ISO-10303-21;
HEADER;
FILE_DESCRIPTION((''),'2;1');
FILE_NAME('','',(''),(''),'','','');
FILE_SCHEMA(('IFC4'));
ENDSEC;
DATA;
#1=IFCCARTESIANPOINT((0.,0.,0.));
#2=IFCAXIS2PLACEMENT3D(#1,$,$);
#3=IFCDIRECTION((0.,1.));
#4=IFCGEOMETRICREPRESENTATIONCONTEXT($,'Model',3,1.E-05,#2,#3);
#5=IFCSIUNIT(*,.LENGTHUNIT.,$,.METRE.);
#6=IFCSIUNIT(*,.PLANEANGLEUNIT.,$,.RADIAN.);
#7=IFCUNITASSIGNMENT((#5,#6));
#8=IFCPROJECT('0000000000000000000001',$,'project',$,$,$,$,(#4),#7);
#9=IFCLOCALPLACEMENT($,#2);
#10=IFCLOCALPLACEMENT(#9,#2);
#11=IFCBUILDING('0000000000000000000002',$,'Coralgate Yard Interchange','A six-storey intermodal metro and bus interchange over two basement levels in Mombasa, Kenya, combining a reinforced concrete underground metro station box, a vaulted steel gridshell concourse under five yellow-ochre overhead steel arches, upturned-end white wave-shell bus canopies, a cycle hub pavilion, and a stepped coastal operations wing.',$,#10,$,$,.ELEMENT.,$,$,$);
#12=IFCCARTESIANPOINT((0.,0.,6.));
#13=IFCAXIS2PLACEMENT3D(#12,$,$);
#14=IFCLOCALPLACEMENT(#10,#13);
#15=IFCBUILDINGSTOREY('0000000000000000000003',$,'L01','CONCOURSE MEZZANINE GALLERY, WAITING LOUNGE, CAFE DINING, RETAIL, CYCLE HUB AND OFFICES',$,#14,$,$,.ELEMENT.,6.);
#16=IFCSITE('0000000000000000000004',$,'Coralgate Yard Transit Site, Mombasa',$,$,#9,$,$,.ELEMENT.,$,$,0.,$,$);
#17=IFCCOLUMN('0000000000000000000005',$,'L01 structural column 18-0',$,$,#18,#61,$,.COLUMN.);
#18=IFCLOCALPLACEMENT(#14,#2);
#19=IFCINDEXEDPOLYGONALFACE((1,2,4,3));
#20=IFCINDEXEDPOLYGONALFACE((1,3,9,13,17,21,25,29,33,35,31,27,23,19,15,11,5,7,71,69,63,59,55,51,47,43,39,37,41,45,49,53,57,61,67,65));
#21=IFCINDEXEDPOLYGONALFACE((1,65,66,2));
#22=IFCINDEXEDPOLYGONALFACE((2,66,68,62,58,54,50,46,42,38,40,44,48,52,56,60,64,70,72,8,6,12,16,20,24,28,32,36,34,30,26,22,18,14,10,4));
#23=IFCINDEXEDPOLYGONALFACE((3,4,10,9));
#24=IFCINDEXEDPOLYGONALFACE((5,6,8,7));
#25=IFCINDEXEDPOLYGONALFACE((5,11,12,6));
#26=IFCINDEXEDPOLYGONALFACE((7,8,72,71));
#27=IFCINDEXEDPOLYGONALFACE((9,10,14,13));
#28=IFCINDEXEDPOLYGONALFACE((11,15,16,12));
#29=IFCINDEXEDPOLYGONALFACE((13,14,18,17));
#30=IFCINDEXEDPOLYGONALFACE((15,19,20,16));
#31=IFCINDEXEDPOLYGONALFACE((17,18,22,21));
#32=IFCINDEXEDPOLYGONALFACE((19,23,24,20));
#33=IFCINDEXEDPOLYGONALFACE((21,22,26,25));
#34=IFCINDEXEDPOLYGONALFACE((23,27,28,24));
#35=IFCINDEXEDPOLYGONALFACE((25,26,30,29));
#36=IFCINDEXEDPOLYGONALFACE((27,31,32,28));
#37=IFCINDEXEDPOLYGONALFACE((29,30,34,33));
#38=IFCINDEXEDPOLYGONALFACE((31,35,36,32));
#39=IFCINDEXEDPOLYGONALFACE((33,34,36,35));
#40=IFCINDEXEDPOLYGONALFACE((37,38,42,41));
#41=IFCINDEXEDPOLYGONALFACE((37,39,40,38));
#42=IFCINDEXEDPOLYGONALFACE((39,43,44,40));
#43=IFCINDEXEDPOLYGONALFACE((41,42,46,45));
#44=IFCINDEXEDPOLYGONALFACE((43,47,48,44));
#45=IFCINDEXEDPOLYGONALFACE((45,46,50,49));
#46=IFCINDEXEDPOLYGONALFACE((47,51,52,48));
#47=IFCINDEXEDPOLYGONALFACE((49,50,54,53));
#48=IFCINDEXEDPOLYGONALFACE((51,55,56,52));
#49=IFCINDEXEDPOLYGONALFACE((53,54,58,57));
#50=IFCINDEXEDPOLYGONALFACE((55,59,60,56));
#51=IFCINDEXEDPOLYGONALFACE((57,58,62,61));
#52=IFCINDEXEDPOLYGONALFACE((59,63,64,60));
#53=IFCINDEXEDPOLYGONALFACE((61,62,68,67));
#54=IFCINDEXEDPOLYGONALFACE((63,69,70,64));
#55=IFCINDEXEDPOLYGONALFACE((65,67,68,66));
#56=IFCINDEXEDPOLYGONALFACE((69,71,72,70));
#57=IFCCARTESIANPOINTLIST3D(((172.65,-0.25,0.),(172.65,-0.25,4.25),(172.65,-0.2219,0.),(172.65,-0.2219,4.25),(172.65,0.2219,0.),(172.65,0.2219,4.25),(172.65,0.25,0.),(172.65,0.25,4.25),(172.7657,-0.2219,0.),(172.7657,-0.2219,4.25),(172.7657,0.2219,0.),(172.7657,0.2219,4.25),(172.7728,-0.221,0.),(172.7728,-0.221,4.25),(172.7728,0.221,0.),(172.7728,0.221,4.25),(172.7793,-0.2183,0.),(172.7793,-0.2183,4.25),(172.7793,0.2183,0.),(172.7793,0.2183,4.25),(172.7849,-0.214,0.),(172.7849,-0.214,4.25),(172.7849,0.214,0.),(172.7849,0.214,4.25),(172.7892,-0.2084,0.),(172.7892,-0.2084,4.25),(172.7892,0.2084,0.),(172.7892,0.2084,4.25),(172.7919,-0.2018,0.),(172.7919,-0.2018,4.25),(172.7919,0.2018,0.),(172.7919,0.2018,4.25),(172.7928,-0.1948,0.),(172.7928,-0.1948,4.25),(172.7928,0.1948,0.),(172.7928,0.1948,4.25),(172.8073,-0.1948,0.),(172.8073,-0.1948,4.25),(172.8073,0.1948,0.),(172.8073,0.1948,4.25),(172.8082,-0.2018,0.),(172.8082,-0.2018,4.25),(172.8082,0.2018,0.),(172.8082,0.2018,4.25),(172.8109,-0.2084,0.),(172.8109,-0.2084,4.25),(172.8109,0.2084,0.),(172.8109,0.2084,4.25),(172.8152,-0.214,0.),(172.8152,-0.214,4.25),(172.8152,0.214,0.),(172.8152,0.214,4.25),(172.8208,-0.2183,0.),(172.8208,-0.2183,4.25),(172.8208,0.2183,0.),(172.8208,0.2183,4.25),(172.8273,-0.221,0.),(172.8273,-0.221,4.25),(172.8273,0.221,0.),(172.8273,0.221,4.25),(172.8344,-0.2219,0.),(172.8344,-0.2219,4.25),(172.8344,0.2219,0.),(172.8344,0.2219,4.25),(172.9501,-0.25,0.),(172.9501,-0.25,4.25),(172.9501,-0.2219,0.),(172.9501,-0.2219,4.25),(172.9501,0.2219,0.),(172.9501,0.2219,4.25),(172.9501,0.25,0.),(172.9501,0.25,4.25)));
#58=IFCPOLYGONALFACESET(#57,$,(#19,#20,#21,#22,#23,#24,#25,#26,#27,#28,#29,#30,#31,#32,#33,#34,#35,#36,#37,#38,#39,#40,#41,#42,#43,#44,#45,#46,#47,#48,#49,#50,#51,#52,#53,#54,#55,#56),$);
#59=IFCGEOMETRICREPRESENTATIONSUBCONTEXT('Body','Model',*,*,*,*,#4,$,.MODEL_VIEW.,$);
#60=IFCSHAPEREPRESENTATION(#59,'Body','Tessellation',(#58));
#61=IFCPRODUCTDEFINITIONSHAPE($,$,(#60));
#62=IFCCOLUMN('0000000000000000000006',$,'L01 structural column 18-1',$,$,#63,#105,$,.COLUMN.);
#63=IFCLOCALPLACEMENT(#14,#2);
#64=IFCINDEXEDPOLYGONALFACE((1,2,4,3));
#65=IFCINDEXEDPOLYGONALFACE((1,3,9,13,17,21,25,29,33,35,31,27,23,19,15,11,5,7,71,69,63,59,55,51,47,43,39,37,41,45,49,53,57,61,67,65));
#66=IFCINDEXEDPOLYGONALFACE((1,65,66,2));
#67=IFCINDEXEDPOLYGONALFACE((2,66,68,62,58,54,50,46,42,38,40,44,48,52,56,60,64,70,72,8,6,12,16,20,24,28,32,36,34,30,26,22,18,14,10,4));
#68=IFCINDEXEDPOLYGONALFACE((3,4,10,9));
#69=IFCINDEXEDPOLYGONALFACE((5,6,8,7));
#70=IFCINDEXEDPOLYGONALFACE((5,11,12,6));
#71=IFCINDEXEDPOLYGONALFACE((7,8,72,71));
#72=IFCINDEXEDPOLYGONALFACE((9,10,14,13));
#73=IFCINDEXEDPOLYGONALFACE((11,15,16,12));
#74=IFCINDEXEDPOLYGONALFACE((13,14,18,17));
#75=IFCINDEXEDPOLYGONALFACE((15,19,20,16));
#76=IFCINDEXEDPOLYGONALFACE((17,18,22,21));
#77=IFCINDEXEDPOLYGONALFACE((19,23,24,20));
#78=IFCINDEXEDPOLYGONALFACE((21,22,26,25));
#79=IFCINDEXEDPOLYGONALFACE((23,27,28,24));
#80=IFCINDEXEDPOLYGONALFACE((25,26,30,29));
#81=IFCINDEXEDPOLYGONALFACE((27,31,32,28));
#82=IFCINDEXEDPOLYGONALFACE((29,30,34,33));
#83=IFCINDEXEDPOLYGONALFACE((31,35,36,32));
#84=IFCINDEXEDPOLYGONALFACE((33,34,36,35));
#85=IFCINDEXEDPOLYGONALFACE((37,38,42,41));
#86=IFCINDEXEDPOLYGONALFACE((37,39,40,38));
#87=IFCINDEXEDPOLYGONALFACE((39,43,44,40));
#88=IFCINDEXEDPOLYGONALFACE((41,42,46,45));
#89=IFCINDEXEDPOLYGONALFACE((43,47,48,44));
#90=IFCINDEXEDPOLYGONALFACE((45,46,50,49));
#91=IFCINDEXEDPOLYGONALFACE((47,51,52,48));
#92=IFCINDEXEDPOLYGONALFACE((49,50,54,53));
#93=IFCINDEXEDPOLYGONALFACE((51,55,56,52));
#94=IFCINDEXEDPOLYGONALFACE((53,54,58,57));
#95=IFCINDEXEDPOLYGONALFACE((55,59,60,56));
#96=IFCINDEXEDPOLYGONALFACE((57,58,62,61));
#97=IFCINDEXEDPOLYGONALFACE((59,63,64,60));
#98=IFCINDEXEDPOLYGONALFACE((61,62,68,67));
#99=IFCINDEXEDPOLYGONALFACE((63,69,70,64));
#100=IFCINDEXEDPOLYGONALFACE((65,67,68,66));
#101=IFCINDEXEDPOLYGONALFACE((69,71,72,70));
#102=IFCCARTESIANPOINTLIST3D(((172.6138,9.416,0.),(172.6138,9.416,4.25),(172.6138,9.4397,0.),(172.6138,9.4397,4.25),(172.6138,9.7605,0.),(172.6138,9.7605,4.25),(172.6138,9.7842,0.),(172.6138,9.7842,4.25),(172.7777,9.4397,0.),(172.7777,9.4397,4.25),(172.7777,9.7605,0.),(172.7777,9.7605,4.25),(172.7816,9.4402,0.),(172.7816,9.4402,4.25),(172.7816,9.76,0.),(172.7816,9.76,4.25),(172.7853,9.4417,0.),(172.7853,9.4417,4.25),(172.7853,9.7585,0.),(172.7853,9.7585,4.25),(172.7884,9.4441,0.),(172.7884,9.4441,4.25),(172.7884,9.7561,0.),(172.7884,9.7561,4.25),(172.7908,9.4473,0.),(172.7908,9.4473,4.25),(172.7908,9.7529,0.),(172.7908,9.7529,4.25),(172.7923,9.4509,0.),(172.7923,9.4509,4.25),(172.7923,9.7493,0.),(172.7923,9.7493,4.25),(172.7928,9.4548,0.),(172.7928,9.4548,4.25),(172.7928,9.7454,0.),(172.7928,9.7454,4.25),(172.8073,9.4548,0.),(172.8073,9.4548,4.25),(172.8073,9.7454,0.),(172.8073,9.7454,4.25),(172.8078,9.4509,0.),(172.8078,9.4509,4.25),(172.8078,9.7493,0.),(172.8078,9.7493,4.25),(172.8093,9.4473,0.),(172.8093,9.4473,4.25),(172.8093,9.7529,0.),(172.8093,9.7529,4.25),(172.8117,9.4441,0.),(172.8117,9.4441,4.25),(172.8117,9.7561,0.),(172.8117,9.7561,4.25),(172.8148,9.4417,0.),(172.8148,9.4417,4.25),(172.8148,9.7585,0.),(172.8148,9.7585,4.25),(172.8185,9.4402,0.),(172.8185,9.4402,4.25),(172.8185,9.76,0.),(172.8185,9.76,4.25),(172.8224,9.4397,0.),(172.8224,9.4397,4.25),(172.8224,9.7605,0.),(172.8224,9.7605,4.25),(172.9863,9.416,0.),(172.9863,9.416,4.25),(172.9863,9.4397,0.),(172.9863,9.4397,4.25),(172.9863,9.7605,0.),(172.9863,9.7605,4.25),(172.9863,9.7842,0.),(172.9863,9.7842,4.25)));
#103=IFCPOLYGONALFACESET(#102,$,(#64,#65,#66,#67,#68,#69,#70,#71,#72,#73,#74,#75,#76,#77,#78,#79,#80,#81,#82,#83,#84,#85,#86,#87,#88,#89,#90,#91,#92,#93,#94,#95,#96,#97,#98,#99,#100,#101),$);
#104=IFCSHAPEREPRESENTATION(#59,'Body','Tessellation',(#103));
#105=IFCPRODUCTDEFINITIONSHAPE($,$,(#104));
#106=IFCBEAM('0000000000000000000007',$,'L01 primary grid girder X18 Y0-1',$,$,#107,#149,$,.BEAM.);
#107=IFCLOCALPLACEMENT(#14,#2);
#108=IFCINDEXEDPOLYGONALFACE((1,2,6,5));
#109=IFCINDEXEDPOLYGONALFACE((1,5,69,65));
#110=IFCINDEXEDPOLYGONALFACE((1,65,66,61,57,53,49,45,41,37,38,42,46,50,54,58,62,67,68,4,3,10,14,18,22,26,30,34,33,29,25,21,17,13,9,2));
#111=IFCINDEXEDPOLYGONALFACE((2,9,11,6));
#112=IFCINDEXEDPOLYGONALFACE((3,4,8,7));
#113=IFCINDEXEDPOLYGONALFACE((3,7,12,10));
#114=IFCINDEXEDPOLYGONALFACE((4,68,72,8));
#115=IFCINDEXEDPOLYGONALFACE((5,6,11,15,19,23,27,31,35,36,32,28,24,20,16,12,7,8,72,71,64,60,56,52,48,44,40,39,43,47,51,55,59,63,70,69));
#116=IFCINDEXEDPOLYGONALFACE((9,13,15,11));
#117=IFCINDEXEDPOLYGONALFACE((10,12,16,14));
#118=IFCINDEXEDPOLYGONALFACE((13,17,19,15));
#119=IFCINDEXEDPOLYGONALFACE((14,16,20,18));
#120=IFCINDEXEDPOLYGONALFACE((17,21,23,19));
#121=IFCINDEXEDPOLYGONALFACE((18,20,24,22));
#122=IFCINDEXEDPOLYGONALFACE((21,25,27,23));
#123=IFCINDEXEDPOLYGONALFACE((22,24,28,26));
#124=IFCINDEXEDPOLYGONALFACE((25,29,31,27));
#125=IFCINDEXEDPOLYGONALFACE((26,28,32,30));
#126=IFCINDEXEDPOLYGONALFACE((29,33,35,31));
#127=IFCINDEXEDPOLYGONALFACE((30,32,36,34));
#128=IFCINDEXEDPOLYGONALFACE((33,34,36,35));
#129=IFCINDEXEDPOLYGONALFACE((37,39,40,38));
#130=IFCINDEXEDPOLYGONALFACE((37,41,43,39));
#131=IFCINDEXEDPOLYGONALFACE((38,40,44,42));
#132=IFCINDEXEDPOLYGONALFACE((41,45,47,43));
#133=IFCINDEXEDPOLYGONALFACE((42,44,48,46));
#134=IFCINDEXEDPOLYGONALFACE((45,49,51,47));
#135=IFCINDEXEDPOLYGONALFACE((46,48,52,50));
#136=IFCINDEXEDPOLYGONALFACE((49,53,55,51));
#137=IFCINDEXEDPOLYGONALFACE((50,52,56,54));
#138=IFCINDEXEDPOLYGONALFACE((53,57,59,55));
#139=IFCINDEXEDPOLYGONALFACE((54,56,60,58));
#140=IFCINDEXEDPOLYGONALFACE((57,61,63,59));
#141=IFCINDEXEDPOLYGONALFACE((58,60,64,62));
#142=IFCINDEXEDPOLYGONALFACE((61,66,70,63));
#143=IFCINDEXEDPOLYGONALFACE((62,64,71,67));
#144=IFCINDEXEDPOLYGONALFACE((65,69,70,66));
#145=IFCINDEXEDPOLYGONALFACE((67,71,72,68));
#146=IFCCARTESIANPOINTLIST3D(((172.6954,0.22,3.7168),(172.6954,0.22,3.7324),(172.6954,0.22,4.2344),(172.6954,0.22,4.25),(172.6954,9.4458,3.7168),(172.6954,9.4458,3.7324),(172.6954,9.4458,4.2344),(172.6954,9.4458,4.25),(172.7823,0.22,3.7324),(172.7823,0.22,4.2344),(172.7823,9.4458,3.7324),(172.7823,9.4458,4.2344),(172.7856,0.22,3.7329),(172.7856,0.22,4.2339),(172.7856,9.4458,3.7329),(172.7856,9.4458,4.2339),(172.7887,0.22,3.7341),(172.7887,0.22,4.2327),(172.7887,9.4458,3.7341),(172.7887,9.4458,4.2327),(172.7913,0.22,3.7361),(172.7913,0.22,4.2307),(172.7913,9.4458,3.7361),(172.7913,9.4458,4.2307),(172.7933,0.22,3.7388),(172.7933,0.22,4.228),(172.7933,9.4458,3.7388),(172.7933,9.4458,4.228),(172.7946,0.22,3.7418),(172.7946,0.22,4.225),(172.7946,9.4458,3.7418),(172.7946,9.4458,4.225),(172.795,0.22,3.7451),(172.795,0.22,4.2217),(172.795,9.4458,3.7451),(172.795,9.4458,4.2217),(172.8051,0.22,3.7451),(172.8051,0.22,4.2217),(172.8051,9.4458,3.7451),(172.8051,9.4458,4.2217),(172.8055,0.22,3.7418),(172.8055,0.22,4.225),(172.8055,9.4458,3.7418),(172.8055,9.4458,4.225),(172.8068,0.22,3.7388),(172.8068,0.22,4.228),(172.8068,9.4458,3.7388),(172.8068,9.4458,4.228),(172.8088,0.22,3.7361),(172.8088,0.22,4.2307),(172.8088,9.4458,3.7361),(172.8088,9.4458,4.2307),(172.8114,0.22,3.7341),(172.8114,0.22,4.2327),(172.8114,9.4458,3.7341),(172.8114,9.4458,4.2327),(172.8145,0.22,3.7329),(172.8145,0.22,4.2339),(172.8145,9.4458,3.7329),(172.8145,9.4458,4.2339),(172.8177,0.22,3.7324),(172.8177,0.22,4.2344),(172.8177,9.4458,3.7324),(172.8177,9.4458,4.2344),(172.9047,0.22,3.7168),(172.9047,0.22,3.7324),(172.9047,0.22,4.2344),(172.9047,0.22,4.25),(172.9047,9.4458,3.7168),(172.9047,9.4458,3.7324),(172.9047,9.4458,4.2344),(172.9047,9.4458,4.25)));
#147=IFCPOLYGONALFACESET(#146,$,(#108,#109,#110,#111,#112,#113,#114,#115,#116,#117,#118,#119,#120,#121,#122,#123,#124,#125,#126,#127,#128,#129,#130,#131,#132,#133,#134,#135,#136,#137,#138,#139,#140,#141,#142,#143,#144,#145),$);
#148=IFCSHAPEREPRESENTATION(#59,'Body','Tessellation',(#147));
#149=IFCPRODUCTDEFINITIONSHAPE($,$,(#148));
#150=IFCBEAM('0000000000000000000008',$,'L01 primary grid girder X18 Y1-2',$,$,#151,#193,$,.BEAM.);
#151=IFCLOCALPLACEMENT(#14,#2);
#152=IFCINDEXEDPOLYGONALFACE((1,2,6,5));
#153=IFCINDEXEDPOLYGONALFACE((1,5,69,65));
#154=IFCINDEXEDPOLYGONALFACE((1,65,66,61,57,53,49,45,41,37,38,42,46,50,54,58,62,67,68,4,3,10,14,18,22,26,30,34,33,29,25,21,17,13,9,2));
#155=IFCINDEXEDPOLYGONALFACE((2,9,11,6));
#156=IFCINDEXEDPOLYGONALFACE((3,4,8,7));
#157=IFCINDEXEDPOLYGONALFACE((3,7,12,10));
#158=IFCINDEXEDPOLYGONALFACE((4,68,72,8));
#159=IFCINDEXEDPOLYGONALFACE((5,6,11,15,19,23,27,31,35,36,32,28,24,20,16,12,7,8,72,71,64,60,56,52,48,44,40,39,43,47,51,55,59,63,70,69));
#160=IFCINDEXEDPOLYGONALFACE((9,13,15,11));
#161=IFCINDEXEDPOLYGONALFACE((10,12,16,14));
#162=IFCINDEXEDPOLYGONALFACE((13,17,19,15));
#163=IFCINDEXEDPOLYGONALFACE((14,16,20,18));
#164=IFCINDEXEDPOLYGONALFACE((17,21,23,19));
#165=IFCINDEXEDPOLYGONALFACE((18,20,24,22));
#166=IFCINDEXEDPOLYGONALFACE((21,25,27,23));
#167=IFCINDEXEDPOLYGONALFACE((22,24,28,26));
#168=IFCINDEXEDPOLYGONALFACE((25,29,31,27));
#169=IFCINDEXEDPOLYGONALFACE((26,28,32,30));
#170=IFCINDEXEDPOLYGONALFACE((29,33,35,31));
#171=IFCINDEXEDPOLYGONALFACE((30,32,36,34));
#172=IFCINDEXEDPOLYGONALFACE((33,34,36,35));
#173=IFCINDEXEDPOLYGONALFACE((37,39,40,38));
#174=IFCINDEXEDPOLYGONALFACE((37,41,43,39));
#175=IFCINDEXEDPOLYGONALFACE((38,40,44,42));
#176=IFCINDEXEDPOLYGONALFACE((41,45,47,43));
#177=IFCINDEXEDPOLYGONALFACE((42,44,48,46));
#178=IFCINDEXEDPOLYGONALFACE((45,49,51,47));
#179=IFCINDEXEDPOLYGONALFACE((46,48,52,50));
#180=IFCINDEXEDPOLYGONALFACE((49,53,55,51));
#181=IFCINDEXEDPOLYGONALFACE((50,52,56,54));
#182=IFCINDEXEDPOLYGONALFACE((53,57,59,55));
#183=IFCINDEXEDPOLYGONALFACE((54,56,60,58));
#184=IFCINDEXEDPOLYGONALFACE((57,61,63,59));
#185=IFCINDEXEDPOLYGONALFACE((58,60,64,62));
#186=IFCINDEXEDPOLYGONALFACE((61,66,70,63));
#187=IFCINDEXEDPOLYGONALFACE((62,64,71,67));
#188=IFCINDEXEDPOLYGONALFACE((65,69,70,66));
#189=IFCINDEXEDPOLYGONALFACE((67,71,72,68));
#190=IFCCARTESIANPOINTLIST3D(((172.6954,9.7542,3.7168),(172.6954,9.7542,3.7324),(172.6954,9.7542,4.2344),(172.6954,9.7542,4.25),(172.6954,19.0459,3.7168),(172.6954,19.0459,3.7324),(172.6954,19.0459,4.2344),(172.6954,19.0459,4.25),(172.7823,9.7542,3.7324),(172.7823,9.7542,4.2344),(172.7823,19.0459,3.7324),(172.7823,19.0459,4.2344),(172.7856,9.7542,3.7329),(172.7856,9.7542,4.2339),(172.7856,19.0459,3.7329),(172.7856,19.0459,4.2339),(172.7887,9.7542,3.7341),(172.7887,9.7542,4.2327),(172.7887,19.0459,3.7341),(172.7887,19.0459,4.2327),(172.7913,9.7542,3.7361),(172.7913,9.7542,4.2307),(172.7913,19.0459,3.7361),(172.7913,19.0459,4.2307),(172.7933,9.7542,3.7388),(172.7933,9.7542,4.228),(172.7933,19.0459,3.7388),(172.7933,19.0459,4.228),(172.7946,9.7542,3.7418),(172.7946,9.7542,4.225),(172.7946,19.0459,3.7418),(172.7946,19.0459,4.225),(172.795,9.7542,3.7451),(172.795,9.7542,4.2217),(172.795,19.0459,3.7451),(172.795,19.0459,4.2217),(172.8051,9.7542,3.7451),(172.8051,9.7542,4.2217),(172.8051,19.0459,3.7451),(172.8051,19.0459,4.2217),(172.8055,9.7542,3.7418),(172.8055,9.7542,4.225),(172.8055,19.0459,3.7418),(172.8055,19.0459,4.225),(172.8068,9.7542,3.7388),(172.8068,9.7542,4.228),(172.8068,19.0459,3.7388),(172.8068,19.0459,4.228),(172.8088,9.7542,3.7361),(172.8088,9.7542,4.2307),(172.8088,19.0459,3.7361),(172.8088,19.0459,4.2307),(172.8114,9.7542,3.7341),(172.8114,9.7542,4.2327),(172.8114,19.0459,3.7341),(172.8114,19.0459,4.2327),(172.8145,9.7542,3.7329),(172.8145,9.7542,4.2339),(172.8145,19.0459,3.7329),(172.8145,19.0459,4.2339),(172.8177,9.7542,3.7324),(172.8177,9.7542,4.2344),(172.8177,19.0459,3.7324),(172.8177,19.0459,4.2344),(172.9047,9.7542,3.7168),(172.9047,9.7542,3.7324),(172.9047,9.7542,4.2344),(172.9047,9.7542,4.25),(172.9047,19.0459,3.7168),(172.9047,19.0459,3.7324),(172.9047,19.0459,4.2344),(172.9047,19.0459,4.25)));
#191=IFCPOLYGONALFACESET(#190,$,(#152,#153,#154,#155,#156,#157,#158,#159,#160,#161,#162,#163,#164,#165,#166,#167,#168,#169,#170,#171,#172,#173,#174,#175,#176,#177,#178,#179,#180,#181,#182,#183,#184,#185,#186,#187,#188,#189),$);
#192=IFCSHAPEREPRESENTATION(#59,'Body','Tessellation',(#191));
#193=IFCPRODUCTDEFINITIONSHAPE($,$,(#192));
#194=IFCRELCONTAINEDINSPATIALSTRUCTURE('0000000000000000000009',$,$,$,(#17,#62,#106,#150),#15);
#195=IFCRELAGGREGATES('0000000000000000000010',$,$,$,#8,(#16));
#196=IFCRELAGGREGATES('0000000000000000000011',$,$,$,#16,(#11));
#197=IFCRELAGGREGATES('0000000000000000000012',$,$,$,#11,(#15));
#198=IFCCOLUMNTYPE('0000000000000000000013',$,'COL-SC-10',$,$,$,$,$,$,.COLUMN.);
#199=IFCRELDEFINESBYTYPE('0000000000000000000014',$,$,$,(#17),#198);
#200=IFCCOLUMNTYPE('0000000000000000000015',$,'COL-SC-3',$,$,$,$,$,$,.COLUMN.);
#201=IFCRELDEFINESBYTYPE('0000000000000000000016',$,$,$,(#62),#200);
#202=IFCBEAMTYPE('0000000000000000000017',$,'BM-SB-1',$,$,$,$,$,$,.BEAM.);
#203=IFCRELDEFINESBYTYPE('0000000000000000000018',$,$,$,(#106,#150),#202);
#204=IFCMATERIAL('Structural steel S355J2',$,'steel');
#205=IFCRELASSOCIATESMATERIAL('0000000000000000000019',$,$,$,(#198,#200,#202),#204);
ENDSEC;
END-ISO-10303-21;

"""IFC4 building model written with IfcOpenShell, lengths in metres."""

from ifc_helpers import new_model, si_unit, direction, frame, origin, origin_2d, place, context, subcontext, project, spatial, i_section, extrude, material, material_profile, profile_set, type_object, element, save


model = new_model("IFC4")

# Units and contexts
model_context = context("Model", 3, precision=1e-05, world=origin(), true_north=direction((0.0, 1.0)))
body_context = subcontext(model_context, "Body", "Model", "MODEL_VIEW")
ifc_project = project(units=[si_unit("LENGTHUNIT", "METRE"), si_unit("PLANEANGLEUNIT", "RADIAN")], contexts=[model_context])

# Site, building, storey
site_placement = place(None, origin())
site = spatial("IfcSite", under=ifc_project, at=site_placement, Name="Coralgate Yard Transit Site, Mombasa", CompositionType="ELEMENT", RefElevation=0.0)
building_placement = place(site_placement, origin())
building = spatial("IfcBuilding", under=site, at=building_placement, Name="Coralgate Yard Interchange", Description="A six-storey intermodal metro and bus interchange over two basement levels in Mombasa, Kenya, combining a reinforced concrete underground metro station box, a vaulted steel gridshell concourse under five yellow-ochre overhead steel arches, upturned-end white wave-shell bus canopies, a cycle hub pavilion, and a stepped coastal operations wing.", CompositionType="ELEMENT")
storey_placement = place(building_placement, frame((0.0, 0.0, 6.0)))
storey = spatial("IfcBuildingStorey", under=building, at=storey_placement, Name="L01", Description="CONCOURSE MEZZANINE GALLERY, WAITING LOUNGE, CAFE DINING, RETAIL, CYCLE HUB AND OFFICES", CompositionType="ELEMENT", Elevation=6.0)

# Columns
ifc_material_1 = material(Name="Structural steel S355J2", Category="steel")
ifc_material_profile_1 = material_profile(ifc_material_1, i_section(OverallWidth=0.3, OverallDepth=0.5, WebThickness=0.0144, FlangeThickness=0.0281, FilletRadius=0.0271, at=origin_2d()), Name="HEB 500")
ifc_profile_set_1 = profile_set([ifc_material_profile_1], Name="Structural steel S355J2")
column_type_1 = type_object("IfcColumnType", Name="COL-SC-10", PredefinedType="COLUMN", material=ifc_profile_set_1)
column_1_placement = place(storey_placement, frame((172.8, 0.0, 0.0), z_axis=(0.0, 0.0, 1.0), x_axis=(1.0, 0.0, 0.0)))
element("IfcColumn", 1, at=column_1_placement, inside=storey, type_object=column_type_1, Name="L01 structural column 18-0", PredefinedType="COLUMN", context=body_context, shape_type="SweptSolid", body=[
    extrude(i_section(OverallWidth=0.3, OverallDepth=0.5, WebThickness=0.0144, FlangeThickness=0.0281, FilletRadius=0.0271, at=origin_2d()), origin(), (0.0, 0.0, 1.0), 4.25),
])
ifc_material_profile_2 = material_profile(ifc_material_1, i_section(OverallWidth=0.3726, OverallDepth=0.3682, WebThickness=0.0144, FlangeThickness=0.0237, FilletRadius=0.0151, at=origin_2d()), Name="UC 356x368x177")
ifc_profile_set_2 = profile_set([ifc_material_profile_2], Name="Structural steel S355J2")
column_type_2 = type_object("IfcColumnType", Name="COL-SC-3", PredefinedType="COLUMN", material=ifc_profile_set_2)
column_2_placement = place(storey_placement, frame((172.8, 9.6001, 0.0), z_axis=(0.0, 0.0, 1.0), x_axis=(1.0, 0.0, 0.0)))
element("IfcColumn", 2, at=column_2_placement, inside=storey, type_object=column_type_2, Name="L01 structural column 18-1", PredefinedType="COLUMN", context=body_context, shape_type="SweptSolid", body=[
    extrude(i_section(OverallWidth=0.3726, OverallDepth=0.3682, WebThickness=0.0144, FlangeThickness=0.0237, FilletRadius=0.0151, at=origin_2d()), origin(), (0.0, 0.0, 1.0), 4.25),
])

# Beams
ifc_material_profile_3 = material_profile(ifc_material_1, i_section(OverallWidth=0.2092, OverallDepth=0.5332, WebThickness=0.01, FlangeThickness=0.0156, FilletRadius=0.0127, at=origin_2d()), Name="UB 533x210x92")
ifc_profile_set_3 = profile_set([ifc_material_profile_3], Name="Structural steel S355J2")
beam_type_1 = type_object("IfcBeamType", Name="BM-SB-1", PredefinedType="BEAM", material=ifc_profile_set_3)
beam_1_placement = place(storey_placement, frame((172.8, 0.22, 3.9834), z_axis=(0.0, 1.0, 0.0), x_axis=(-1.0, 0.0, 0.0)))
element("IfcBeam", 3, at=beam_1_placement, inside=storey, type_object=beam_type_1, Name="L01 primary grid girder X18 Y0-1", PredefinedType="BEAM", context=body_context, shape_type="SweptSolid", body=[
    extrude(i_section(OverallWidth=0.2092, OverallDepth=0.5332, WebThickness=0.01, FlangeThickness=0.0156, FilletRadius=0.0127, at=origin_2d()), origin(), (0.0, 0.0, 1.0), 9.2258),
])
beam_2_placement = place(storey_placement, frame((172.8, 9.7542, 3.9834), z_axis=(0.0, 1.0, 0.0), x_axis=(-1.0, 0.0, 0.0)))
element("IfcBeam", 4, at=beam_2_placement, inside=storey, type_object=beam_type_1, Name="L01 primary grid girder X18 Y1-2", PredefinedType="BEAM", context=body_context, shape_type="SweptSolid", body=[
    extrude(i_section(OverallWidth=0.2092, OverallDepth=0.5332, WebThickness=0.01, FlangeThickness=0.0156, FilletRadius=0.0127, at=origin_2d()), origin(), (0.0, 0.0, 1.0), 9.2917),
])

save(model, "model.ifc")
